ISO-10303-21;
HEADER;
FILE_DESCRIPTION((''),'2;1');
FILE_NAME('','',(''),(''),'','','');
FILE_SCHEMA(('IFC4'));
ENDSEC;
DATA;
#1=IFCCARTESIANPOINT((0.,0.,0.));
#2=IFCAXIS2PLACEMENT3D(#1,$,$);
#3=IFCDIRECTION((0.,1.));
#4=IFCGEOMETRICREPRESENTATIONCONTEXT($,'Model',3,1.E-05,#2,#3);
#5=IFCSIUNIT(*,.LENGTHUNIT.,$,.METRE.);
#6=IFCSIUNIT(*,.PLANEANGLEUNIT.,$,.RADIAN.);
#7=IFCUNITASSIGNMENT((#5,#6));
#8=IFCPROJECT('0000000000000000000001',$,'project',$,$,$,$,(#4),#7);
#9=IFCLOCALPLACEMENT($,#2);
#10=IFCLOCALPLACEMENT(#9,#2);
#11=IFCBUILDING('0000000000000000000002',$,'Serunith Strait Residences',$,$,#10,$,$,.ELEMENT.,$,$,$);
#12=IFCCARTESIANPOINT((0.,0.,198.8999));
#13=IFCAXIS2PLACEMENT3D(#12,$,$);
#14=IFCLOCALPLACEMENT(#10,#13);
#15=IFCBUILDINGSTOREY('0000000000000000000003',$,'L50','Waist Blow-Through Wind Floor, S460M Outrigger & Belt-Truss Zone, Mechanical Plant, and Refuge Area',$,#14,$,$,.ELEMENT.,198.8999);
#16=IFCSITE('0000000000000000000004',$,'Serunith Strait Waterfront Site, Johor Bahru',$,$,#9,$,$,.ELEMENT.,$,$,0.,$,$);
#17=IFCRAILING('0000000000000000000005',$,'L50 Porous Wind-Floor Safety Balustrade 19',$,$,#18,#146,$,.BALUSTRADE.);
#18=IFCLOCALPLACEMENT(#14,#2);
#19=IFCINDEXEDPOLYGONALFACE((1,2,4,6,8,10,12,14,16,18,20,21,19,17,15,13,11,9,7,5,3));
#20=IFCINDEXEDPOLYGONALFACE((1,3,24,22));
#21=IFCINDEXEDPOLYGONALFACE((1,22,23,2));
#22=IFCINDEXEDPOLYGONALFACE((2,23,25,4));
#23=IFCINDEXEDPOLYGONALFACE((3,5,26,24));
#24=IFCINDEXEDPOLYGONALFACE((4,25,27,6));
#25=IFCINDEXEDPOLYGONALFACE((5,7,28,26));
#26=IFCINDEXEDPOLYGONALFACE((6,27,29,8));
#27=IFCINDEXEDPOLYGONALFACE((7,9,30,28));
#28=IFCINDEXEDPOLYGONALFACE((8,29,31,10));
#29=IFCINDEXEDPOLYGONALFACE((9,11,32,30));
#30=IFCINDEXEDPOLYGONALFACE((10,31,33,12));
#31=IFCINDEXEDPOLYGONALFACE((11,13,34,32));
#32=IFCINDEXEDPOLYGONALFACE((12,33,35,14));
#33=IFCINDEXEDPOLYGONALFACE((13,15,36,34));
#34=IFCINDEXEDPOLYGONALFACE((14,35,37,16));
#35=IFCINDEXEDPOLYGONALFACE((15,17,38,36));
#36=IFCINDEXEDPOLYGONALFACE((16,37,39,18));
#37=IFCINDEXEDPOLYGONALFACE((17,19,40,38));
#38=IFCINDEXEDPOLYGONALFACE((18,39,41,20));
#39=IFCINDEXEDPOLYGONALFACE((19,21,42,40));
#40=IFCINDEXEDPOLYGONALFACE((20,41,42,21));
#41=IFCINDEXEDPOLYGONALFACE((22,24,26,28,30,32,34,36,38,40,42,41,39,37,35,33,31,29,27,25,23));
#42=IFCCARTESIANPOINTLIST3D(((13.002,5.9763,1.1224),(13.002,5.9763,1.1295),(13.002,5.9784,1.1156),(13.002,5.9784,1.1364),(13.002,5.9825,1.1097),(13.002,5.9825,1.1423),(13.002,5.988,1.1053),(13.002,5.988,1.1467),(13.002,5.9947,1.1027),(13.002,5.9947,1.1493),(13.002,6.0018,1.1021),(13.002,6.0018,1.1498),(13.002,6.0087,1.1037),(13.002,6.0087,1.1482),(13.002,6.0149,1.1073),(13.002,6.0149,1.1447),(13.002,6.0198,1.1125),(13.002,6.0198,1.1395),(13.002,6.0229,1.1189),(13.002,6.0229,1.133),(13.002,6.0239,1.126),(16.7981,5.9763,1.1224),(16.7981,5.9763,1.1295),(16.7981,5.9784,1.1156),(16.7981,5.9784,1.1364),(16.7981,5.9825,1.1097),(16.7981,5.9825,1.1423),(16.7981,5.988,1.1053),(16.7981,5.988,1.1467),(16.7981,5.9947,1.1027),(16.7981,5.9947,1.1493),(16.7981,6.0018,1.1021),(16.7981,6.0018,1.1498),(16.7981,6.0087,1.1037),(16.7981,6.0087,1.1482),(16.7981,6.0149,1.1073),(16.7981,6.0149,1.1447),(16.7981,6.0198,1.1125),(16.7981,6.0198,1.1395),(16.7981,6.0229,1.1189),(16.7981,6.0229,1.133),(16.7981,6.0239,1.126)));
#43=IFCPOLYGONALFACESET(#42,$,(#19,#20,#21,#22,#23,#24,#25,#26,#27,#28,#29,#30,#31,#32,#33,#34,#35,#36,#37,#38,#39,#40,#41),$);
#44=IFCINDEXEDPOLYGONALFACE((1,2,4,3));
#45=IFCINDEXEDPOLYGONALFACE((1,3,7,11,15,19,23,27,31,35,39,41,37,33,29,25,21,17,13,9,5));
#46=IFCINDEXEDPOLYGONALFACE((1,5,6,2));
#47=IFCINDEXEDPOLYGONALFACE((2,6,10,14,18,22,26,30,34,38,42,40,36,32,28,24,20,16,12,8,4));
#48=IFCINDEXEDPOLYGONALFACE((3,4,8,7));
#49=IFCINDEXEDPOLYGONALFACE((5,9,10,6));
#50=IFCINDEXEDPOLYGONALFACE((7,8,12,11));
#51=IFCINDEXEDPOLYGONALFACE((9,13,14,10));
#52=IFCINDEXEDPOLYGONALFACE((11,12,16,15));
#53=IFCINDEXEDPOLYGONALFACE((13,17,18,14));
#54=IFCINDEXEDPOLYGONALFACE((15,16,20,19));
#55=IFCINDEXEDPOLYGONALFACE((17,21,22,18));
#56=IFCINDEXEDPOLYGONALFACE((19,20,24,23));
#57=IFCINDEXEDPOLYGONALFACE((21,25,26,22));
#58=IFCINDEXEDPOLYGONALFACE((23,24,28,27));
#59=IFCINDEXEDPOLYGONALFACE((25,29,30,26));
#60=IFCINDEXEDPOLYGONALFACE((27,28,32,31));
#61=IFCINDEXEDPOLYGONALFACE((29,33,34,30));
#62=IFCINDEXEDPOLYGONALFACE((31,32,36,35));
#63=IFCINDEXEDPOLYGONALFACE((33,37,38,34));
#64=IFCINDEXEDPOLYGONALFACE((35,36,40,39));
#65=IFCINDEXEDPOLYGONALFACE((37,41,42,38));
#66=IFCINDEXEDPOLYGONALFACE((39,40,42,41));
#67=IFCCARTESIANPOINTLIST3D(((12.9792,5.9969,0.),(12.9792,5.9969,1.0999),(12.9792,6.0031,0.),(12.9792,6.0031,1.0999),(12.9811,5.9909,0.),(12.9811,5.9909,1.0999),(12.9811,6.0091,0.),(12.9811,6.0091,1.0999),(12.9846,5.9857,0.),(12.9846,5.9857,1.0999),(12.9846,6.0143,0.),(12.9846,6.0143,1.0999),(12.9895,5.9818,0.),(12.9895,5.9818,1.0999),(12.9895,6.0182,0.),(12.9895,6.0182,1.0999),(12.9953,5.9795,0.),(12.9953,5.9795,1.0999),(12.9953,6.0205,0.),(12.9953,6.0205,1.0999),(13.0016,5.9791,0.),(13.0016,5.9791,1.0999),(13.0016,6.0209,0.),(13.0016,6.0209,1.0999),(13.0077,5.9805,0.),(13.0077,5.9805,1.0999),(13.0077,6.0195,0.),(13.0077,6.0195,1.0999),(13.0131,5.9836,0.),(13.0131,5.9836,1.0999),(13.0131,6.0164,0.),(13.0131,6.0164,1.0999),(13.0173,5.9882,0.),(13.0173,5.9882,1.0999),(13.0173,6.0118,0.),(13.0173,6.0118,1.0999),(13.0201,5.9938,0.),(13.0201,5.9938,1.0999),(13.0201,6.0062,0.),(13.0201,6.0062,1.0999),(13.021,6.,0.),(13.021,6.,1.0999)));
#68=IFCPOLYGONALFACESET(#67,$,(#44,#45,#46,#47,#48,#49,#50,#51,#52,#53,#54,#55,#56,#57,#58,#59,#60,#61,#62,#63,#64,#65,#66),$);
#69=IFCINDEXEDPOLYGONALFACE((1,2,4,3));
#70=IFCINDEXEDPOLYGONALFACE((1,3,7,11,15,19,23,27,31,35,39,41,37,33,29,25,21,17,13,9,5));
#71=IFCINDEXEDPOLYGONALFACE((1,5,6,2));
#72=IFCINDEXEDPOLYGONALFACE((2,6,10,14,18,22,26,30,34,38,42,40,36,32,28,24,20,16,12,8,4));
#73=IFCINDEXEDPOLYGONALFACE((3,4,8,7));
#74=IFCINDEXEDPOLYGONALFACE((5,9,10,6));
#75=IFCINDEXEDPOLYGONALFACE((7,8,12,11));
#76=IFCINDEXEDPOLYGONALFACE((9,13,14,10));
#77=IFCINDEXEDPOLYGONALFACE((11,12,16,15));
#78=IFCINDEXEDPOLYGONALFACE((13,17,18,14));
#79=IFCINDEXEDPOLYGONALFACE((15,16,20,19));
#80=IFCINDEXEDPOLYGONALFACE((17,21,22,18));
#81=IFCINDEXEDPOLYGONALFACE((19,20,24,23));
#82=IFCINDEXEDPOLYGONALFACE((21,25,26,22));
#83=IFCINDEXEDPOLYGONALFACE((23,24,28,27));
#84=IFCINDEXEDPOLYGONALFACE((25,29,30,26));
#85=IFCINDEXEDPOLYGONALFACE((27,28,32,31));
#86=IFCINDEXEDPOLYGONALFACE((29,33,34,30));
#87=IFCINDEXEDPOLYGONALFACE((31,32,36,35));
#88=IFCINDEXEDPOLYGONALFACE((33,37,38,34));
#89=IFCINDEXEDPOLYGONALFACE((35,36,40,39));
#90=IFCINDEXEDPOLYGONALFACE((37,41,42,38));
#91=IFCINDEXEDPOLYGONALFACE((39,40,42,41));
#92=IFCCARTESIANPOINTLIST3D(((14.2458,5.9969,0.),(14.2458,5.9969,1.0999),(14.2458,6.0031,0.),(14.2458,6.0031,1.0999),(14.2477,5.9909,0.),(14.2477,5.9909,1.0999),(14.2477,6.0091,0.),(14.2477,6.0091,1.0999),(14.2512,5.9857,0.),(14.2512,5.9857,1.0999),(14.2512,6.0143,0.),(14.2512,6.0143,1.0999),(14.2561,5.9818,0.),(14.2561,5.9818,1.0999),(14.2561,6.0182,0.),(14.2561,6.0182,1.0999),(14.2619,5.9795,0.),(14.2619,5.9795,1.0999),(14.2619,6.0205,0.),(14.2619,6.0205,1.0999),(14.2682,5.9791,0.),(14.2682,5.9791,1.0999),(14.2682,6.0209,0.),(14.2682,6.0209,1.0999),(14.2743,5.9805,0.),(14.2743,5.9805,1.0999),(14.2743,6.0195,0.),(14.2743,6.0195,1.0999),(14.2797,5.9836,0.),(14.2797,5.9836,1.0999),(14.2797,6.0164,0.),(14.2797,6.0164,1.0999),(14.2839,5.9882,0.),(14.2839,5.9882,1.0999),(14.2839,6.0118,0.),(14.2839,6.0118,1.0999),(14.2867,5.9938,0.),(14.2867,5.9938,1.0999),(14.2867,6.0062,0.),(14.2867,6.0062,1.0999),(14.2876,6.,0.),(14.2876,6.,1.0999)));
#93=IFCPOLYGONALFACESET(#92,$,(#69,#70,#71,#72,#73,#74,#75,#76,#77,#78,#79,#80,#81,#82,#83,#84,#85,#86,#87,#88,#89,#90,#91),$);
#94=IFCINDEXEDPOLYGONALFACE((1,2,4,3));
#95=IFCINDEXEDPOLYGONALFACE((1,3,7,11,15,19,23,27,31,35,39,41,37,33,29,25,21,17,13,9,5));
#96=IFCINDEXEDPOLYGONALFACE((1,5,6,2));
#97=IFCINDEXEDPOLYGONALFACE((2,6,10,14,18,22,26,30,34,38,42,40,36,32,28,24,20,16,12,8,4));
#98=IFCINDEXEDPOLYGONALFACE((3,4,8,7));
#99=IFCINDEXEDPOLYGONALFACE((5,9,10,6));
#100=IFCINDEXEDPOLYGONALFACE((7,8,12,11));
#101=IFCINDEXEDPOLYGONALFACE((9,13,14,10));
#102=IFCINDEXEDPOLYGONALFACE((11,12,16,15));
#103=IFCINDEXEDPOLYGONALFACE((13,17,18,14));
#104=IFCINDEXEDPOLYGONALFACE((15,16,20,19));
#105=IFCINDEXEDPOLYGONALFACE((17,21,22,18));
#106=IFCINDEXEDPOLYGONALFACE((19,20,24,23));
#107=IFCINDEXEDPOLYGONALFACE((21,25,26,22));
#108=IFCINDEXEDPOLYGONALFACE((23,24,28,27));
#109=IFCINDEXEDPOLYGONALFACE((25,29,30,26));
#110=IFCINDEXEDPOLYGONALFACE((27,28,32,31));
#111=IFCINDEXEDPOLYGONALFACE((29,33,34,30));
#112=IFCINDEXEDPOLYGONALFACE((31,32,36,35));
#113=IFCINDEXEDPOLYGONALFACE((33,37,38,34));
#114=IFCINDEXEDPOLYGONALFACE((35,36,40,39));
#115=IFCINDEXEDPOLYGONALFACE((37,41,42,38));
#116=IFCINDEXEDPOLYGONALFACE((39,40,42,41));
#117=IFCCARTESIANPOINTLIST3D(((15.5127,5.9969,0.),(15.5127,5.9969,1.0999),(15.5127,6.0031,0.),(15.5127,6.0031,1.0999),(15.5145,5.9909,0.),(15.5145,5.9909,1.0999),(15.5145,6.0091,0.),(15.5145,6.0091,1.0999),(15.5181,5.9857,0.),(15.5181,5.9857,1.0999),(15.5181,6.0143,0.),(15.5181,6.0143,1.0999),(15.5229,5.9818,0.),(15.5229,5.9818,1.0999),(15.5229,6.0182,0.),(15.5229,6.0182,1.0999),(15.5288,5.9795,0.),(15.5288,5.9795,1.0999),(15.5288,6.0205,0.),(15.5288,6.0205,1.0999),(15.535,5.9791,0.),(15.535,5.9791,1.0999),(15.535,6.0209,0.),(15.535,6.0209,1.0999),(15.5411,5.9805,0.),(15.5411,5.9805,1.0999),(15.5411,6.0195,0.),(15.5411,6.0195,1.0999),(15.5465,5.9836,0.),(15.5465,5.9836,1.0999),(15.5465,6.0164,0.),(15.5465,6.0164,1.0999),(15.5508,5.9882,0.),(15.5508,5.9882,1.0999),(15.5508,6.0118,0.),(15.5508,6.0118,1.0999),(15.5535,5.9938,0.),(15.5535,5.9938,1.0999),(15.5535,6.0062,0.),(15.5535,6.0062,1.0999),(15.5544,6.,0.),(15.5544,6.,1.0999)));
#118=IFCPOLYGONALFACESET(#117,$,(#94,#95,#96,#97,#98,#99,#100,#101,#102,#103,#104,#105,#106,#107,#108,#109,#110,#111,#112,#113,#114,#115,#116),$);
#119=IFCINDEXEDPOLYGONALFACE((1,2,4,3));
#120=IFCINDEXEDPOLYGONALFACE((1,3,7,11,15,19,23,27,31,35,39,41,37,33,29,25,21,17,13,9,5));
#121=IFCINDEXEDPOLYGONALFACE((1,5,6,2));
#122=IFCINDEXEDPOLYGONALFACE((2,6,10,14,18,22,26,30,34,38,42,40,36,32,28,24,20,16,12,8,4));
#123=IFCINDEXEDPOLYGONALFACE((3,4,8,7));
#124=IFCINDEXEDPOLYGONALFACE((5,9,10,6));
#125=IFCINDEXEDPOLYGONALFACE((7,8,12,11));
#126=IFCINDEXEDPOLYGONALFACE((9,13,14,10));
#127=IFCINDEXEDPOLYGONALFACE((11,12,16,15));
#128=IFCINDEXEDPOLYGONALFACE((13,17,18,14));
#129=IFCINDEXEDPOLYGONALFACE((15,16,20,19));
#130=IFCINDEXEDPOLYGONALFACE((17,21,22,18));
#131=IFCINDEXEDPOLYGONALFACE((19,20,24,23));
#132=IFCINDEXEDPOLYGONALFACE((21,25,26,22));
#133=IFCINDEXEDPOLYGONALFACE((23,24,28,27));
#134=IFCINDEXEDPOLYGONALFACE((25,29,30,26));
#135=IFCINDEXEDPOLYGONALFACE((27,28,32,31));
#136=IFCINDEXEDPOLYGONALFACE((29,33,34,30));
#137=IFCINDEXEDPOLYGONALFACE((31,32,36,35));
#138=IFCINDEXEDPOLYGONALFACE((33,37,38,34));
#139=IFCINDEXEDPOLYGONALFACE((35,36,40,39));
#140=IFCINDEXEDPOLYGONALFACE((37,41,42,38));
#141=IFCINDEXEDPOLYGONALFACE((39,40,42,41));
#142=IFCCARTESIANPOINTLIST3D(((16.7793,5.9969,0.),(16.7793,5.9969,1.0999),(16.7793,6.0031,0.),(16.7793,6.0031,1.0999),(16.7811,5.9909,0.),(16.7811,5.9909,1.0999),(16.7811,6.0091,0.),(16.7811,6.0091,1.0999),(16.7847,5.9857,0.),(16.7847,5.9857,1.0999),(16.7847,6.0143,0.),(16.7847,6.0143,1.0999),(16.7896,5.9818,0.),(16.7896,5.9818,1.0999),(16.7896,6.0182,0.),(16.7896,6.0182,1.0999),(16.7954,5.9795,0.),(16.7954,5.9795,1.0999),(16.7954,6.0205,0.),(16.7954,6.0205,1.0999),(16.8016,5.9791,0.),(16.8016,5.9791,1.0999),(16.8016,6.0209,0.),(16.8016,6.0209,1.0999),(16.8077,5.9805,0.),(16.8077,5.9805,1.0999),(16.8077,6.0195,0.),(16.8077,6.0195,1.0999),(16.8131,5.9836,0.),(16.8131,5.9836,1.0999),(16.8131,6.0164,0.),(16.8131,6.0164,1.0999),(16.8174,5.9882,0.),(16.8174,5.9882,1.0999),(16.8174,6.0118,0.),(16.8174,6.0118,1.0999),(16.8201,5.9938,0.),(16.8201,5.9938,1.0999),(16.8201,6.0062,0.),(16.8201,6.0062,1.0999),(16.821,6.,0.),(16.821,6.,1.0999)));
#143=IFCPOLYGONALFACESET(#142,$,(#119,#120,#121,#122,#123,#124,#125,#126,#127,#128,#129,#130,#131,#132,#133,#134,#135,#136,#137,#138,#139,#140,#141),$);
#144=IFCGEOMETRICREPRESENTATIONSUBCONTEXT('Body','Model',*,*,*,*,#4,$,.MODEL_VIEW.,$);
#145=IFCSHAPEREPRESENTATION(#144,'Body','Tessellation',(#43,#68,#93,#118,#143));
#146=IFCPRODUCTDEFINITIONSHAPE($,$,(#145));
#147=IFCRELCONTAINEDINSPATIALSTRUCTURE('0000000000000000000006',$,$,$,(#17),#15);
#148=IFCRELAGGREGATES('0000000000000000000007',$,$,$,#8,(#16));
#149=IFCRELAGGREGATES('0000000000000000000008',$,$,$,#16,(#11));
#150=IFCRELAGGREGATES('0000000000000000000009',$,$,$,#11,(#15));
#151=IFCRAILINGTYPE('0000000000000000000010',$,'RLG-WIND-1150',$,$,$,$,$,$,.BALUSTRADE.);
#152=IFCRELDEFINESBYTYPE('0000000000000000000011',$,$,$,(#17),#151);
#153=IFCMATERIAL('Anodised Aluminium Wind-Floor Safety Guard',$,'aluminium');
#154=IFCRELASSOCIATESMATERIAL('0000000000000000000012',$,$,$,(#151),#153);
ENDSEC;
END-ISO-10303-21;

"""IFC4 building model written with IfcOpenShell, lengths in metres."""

from ifc_helpers import new_model, si_unit, direction, frame, origin, origin_2d, place, context, subcontext, project, spatial, circle, extrude, material, type_object, element, save


model = new_model("IFC4")

# Units and contexts
model_context = context("Model", 3, precision=1e-05, world=origin(), true_north=direction((0.0, 1.0)))
body_context = subcontext(model_context, "Body", "Model", "MODEL_VIEW")
ifc_project = project(units=[si_unit("LENGTHUNIT", "METRE"), si_unit("PLANEANGLEUNIT", "RADIAN")], contexts=[model_context])

# Site, building, storey
site_placement = place(None, origin())
site = spatial("IfcSite", under=ifc_project, at=site_placement, Name="Serunith Strait Waterfront Site, Johor Bahru", CompositionType="ELEMENT", RefElevation=0.0)
building_placement = place(site_placement, origin())
building = spatial("IfcBuilding", under=site, at=building_placement, Name="Serunith Strait Residences", CompositionType="ELEMENT")
storey_placement = place(building_placement, frame((0.0, 0.0, 198.8999)))
storey = spatial("IfcBuildingStorey", under=building, at=storey_placement, Name="L50", Description="Waist Blow-Through Wind Floor, S460M Outrigger & Belt-Truss Zone, Mechanical Plant, and Refuge Area", CompositionType="ELEMENT", Elevation=198.8999)

# Railing
ifc_material_1 = material(Name="Anodised Aluminium Wind-Floor Safety Guard", Category="aluminium")
railing_type = type_object("IfcRailingType", Name="RLG-WIND-1150", PredefinedType="BALUSTRADE", material=ifc_material_1)
railing_1_placement = place(storey_placement, frame((13.0, 6.0, 0.0)))
element("IfcRailing", 1, at=railing_1_placement, inside=storey, type_object=railing_type, Name="L50 Porous Wind-Floor Safety Balustrade 19", PredefinedType="BALUSTRADE", context=body_context, shape_type="SweptSolid", body=[
    extrude(circle(Radius=0.0239, at=origin_2d()), frame((0.002, 0.0, 1.126), z_axis=(1.0, 0.0, 0.0), x_axis=(0.0, 1.0, 0.0)), (0.0, 0.0, 1.0), 3.7961),
    extrude(circle(Radius=0.021, at=origin_2d()), origin(), (0.0, 0.0, 1.0), 1.0999),
    extrude(circle(Radius=0.021, at=origin_2d()), frame((1.2666, 0.0, 0.0)), (0.0, 0.0, 1.0), 1.0999),
    extrude(circle(Radius=0.021, at=origin_2d()), frame((2.5334, 0.0, 0.0)), (0.0, 0.0, 1.0), 1.0999),
    extrude(circle(Radius=0.021, at=origin_2d()), frame((3.8, 0.0, 0.0)), (0.0, 0.0, 1.0), 1.0999),
])

save(model, "model.ifc")
